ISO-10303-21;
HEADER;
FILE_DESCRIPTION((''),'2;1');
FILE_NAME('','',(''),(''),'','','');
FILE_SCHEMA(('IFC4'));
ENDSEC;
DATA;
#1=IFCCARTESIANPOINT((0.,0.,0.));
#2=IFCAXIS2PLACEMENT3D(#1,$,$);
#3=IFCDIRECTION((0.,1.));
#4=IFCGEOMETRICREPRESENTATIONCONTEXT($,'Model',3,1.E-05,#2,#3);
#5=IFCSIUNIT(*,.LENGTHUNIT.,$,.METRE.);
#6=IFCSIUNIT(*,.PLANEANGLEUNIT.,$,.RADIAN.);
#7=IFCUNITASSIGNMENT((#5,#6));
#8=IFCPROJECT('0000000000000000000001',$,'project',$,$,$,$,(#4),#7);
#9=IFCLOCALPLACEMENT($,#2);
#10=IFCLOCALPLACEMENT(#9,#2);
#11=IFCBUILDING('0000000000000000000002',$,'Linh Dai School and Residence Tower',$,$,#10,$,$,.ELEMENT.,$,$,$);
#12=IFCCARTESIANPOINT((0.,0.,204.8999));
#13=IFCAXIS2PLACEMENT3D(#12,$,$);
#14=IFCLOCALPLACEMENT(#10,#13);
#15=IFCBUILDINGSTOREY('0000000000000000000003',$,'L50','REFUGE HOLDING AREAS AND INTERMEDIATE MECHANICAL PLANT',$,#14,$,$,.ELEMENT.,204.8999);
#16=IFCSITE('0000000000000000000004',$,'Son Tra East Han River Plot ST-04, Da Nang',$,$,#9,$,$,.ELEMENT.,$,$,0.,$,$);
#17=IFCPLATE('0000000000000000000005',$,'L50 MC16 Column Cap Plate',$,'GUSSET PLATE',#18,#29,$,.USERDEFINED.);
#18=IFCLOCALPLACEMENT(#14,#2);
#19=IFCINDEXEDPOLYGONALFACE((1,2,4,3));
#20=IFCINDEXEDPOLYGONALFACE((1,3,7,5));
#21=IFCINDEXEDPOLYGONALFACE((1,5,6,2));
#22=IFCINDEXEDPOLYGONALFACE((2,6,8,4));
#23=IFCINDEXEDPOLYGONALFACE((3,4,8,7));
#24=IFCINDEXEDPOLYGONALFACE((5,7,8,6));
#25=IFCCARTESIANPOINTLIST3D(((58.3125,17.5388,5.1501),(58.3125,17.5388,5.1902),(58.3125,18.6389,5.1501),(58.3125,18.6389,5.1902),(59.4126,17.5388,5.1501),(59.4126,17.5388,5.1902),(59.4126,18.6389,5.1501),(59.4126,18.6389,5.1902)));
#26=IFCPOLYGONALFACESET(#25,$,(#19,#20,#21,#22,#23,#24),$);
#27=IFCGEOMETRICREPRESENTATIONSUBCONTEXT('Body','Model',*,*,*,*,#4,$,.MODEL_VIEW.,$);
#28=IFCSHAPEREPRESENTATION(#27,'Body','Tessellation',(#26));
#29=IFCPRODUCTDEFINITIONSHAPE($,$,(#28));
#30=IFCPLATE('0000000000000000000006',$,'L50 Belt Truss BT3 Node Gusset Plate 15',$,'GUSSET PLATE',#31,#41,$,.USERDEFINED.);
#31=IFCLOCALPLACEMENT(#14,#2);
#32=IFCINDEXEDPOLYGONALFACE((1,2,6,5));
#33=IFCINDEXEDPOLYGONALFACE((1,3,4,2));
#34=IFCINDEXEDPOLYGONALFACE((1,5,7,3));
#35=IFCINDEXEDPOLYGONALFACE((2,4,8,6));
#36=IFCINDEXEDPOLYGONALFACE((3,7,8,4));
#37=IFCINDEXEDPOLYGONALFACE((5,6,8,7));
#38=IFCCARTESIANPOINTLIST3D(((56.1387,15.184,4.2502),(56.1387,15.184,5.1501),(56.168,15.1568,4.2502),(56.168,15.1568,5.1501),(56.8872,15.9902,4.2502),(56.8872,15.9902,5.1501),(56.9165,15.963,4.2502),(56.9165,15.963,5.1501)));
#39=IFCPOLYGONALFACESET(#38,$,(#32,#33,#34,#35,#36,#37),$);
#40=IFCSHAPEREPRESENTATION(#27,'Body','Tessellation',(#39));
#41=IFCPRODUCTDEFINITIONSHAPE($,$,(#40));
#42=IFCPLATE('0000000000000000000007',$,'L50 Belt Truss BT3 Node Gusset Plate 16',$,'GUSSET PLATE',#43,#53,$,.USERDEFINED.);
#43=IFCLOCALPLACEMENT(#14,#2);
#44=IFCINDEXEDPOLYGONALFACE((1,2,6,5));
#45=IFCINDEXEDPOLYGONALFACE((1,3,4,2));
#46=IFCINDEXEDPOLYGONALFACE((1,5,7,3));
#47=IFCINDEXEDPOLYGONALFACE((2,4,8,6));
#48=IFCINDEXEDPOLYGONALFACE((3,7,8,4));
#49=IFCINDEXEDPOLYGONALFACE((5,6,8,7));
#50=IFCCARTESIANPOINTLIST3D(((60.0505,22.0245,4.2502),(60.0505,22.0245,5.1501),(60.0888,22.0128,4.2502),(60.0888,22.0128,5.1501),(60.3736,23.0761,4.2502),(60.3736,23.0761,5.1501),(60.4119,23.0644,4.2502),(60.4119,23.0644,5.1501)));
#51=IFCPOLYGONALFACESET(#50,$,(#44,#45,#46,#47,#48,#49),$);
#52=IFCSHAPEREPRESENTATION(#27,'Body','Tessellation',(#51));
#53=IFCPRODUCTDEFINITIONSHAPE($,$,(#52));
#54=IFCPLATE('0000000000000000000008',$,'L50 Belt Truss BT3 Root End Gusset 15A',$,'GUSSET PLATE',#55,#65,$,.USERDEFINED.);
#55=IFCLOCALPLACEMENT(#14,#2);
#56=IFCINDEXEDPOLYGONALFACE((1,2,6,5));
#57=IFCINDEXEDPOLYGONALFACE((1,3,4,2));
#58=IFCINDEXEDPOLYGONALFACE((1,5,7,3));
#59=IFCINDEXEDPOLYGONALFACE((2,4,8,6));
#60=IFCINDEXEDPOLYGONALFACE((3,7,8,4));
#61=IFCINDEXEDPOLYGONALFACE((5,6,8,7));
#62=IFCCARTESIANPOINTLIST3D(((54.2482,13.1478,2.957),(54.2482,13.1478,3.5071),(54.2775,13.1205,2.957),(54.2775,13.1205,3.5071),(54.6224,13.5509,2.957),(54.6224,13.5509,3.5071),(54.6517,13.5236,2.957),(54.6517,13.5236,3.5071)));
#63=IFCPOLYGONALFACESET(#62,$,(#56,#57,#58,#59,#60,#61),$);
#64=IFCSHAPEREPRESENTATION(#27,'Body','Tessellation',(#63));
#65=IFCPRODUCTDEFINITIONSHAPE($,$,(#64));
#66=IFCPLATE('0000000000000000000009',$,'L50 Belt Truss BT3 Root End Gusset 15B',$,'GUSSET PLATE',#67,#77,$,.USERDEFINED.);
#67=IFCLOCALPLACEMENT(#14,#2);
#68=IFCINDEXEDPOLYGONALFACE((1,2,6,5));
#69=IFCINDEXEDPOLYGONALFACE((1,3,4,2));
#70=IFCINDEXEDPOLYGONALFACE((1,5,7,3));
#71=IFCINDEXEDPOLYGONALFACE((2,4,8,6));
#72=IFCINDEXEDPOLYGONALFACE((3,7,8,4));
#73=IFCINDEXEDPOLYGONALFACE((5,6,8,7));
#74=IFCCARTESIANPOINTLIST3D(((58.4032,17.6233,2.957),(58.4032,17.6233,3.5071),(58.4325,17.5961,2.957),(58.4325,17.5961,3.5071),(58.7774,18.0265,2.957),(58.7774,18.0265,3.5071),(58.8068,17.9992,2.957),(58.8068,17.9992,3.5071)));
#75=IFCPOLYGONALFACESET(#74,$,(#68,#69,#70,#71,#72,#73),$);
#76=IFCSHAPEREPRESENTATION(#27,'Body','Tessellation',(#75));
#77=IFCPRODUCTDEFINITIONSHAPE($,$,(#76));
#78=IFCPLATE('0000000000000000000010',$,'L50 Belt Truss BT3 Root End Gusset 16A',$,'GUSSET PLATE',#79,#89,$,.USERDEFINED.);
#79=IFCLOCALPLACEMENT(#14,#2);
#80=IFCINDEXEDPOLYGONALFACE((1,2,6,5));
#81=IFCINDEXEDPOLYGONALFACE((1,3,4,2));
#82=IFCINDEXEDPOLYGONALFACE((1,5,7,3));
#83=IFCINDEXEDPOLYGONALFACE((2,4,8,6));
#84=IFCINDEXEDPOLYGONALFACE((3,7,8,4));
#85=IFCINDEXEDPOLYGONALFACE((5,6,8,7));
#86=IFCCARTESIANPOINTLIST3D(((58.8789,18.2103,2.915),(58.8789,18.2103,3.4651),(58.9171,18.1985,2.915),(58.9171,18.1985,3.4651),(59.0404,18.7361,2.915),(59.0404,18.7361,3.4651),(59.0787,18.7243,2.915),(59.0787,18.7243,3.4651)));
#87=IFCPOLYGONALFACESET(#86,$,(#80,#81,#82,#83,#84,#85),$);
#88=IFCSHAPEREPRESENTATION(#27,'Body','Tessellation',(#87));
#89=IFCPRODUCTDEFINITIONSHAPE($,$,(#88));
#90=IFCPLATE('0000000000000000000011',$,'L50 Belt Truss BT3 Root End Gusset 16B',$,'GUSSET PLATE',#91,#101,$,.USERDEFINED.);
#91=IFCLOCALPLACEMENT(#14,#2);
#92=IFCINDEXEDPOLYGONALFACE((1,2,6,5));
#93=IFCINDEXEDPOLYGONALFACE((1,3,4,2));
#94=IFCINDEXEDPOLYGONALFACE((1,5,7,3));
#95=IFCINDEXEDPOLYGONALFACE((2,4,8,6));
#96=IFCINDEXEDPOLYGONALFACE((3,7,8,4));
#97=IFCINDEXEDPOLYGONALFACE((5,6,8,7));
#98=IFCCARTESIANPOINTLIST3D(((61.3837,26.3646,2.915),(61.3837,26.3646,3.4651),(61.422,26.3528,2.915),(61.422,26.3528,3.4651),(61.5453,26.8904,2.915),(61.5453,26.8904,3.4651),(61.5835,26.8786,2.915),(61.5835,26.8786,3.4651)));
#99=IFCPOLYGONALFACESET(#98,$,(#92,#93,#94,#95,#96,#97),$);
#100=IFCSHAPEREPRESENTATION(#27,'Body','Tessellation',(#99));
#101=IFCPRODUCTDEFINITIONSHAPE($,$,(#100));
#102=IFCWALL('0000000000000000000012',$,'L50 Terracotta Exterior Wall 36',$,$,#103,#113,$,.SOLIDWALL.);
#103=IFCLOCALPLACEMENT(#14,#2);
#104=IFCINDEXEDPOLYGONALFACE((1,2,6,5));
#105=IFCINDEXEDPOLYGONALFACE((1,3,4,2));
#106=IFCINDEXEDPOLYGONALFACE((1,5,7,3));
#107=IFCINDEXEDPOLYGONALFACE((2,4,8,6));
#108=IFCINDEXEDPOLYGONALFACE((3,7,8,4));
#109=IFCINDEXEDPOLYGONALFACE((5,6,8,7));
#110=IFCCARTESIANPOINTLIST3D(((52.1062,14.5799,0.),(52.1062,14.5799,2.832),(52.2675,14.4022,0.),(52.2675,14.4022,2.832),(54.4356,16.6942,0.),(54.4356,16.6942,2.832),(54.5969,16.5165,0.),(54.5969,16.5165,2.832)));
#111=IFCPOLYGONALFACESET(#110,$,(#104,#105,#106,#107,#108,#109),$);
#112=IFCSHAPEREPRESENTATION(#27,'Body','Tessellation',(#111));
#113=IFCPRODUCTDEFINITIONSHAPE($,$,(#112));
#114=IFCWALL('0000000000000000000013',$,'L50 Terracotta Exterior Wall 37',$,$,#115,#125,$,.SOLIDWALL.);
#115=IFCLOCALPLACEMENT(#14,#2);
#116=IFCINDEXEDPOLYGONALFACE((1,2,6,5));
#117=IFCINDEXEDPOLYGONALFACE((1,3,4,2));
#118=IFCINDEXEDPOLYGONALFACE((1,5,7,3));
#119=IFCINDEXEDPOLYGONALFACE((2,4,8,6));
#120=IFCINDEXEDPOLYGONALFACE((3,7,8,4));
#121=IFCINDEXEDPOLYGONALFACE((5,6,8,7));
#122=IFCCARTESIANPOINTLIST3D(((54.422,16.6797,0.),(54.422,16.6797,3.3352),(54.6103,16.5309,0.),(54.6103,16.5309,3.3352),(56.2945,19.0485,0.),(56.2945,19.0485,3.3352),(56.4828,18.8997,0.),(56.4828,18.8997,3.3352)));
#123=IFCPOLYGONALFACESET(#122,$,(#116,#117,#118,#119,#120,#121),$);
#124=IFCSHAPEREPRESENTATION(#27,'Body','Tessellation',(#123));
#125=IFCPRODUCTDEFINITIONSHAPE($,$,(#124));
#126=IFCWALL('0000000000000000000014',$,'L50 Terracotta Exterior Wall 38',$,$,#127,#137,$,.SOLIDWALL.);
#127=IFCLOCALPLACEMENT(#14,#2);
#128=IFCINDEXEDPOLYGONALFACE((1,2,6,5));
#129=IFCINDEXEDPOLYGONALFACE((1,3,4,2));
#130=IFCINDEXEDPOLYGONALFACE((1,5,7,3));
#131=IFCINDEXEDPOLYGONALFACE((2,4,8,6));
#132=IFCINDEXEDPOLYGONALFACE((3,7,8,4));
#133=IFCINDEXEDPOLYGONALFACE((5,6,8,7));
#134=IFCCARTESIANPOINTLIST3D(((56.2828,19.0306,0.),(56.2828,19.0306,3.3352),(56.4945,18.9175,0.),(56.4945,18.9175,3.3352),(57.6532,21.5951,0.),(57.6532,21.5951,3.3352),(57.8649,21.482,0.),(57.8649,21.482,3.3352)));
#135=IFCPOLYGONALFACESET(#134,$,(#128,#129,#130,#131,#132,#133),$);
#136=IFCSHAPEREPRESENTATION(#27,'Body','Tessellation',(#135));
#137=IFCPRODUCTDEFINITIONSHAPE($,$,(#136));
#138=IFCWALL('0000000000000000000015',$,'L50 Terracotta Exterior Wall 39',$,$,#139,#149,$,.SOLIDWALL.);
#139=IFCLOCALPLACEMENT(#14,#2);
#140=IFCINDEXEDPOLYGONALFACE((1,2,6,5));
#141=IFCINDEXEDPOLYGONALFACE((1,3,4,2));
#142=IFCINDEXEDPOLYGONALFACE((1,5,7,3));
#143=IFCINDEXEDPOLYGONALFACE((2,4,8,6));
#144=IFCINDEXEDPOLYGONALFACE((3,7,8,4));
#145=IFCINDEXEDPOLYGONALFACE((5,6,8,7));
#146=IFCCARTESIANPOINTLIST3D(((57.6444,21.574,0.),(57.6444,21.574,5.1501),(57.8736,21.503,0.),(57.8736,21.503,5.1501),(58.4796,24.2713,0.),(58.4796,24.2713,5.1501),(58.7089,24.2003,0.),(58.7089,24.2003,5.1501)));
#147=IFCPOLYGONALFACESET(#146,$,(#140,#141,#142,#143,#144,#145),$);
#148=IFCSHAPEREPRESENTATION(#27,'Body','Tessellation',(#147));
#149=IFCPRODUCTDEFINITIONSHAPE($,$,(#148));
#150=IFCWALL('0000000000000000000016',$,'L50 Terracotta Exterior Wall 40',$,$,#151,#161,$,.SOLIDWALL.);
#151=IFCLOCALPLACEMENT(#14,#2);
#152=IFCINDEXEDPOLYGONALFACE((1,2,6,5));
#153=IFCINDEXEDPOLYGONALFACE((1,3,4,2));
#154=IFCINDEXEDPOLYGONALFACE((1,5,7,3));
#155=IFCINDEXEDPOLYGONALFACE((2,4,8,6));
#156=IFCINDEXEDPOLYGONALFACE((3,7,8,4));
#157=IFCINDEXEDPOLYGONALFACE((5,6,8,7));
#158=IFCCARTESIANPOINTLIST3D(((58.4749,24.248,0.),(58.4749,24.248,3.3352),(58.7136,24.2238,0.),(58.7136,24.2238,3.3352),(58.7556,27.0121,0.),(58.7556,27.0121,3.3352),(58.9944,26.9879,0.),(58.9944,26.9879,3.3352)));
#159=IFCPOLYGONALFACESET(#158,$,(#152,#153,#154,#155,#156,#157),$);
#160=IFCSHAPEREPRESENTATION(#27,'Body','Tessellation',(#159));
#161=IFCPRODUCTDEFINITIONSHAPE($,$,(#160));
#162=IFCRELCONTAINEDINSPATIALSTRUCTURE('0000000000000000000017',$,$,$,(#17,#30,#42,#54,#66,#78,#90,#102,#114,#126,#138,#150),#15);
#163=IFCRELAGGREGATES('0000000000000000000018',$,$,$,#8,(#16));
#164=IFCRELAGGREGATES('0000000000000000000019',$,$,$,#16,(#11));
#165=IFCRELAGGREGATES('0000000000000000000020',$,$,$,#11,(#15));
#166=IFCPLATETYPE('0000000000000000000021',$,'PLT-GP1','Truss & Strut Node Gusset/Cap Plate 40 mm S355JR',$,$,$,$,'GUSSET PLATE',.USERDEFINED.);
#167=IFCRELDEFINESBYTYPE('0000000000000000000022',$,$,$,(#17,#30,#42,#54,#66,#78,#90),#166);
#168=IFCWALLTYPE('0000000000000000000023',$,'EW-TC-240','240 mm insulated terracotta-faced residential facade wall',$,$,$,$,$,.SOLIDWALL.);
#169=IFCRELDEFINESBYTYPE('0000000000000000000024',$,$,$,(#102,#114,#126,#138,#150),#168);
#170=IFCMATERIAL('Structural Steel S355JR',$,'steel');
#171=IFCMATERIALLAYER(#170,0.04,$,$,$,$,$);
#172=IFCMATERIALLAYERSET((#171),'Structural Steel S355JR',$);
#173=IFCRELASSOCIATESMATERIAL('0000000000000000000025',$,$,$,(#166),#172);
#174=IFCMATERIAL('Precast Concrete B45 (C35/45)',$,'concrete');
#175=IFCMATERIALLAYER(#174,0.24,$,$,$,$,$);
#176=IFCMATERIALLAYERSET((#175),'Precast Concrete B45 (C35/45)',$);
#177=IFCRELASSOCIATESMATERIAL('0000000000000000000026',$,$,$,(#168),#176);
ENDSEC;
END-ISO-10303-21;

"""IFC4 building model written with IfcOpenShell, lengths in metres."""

from ifc_helpers import new_model, si_unit, direction, frame, frame_2d, origin, origin_2d, place, context, subcontext, project, spatial, rectangle, extrude, source, transform, mapped, material, layer, layer_set, type_object, element, save


model = new_model("IFC4")

# Units and contexts
model_context = context("Model", 3, precision=1e-05, world=origin(), true_north=direction((0.0, 1.0)))
body_context = subcontext(model_context, "Body", "Model", "MODEL_VIEW")
ifc_project = project(units=[si_unit("LENGTHUNIT", "METRE"), si_unit("PLANEANGLEUNIT", "RADIAN")], contexts=[model_context])

# Site, building, storey
site_placement = place(None, origin())
site = spatial("IfcSite", under=ifc_project, at=site_placement, Name="Son Tra East Han River Plot ST-04, Da Nang", CompositionType="ELEMENT", RefElevation=0.0)
building_placement = place(site_placement, origin())
building = spatial("IfcBuilding", under=site, at=building_placement, Name="Linh Dai School and Residence Tower", CompositionType="ELEMENT")
storey_placement = place(building_placement, frame((0.0, 0.0, 204.8999)))
storey = spatial("IfcBuildingStorey", under=building, at=storey_placement, Name="L50", Description="REFUGE HOLDING AREAS AND INTERMEDIATE MECHANICAL PLANT", CompositionType="ELEMENT", Elevation=204.8999)

# Shared definitions
ifc_material_1 = material(Name="Structural Steel S355JR", Category="steel")

# Plates
ifc_layer_1 = layer(ifc_material_1, 0.04)
ifc_layer_set_1 = layer_set([ifc_layer_1], Name="Structural Steel S355JR")
plate_type = type_object("IfcPlateType", Name="PLT-GP1", Description="Truss & Strut Node Gusset/Cap Plate 40 mm S355JR", ElementType="GUSSET PLATE", PredefinedType="USERDEFINED", material=ifc_layer_set_1)
shared_shape_1 = source(origin(), body_context, "Body", "SweptSolid", [
    extrude(rectangle(XDim=1.1001, YDim=1.1001, at=origin_2d()), origin(), (0.0, 0.0, 1.0), 0.04),
])
for number, where, z_axis, x_axis, name in (
    (1, (58.8625, 18.0889, 5.1501), (0.0, 0.0, 1.0), (1.0, 0.0, 0.0), "L50 MC16 Column Cap Plate"),
):
    element("IfcPlate", number, at=place(storey_placement, frame(where, z_axis=z_axis, x_axis=x_axis)), inside=storey, type_object=plate_type, Name=name, ObjectType="GUSSET PLATE", PredefinedType="USERDEFINED", context=body_context, shape_type="MappedRepresentation", body=[
        mapped(shared_shape_1, transform((0.0, 0.0, 0.0), x_axis=(1.0, 0.0, 0.0), y_axis=(0.0, 1.0, 0.0), z_axis=(0.0, 0.0, 1.0), scale=1.0)),
    ])
shared_shape_2 = source(origin(), body_context, "Body", "SweptSolid", [
    extrude(rectangle(XDim=1.1001, YDim=0.04, at=origin_2d()), origin(), (0.0, 0.0, 1.0), 0.8999),
])
for number, where, z_axis, x_axis, name in (
    (2, (56.5276, 15.5735, 4.2502), (0.0, 0.0, 1.0), (0.680368, 0.732871, 0.0), "L50 Belt Truss BT3 Node Gusset Plate 15"),
    (3, (60.2312, 22.5444, 4.2502), (0.0, 0.0, 1.0), (0.293644, 0.955915, 0.0), "L50 Belt Truss BT3 Node Gusset Plate 16"),
):
    element("IfcPlate", number, at=place(storey_placement, frame(where, z_axis=z_axis, x_axis=x_axis)), inside=storey, type_object=plate_type, Name=name, ObjectType="GUSSET PLATE", PredefinedType="USERDEFINED", context=body_context, shape_type="MappedRepresentation", body=[
        mapped(shared_shape_2, transform((0.0, 0.0, 0.0), x_axis=(1.0, 0.0, 0.0), y_axis=(0.0, 1.0, 0.0), z_axis=(0.0, 0.0, 1.0), scale=1.0)),
    ])
shared_shape_3 = source(origin(), body_context, "Body", "SweptSolid", [
    extrude(rectangle(XDim=0.55, YDim=0.04, at=origin_2d()), origin(), (0.0, 0.0, 1.0), 0.55),
])
for number, where, z_axis, x_axis, name in (
    (4, (54.45, 13.3357, 2.957), (0.0, 0.0, 1.0), (0.680368, 0.732871, 0.0), "L50 Belt Truss BT3 Root End Gusset 15A"),
    (5, (58.605, 17.8113, 2.957), (0.0, 0.0, 1.0), (0.680368, 0.732871, 0.0), "L50 Belt Truss BT3 Root End Gusset 15B"),
    (6, (58.9788, 18.4673, 2.915), (0.0, 0.0, 1.0), (0.293644, 0.955915, 0.0), "L50 Belt Truss BT3 Root End Gusset 16A"),
    (7, (61.4836, 26.6216, 2.915), (0.0, 0.0, 1.0), (0.293644, 0.955915, 0.0), "L50 Belt Truss BT3 Root End Gusset 16B"),
):
    element("IfcPlate", number, at=place(storey_placement, frame(where, z_axis=z_axis, x_axis=x_axis)), inside=storey, type_object=plate_type, Name=name, ObjectType="GUSSET PLATE", PredefinedType="USERDEFINED", context=body_context, shape_type="MappedRepresentation", body=[
        mapped(shared_shape_3, transform((0.0, 0.0, 0.0), x_axis=(1.0, 0.0, 0.0), y_axis=(0.0, 1.0, 0.0), z_axis=(0.0, 0.0, 1.0), scale=1.0)),
    ])

# Walls
ifc_material_2 = material(Name="Precast Concrete B45 (C35/45)", Category="concrete")
ifc_layer_2 = layer(ifc_material_2, 0.24)
ifc_layer_set_2 = layer_set([ifc_layer_2], Name="Precast Concrete B45 (C35/45)")
wall_type = type_object("IfcWallType", Name="EW-TC-240", Description="240 mm insulated terracotta-faced residential facade wall", PredefinedType="SOLIDWALL", material=ifc_layer_set_2)
wall_1_placement = place(storey_placement, frame((54.5161, 16.6052, 0.0), z_axis=(0.0, 0.0, 1.0), x_axis=(-0.740467, -0.672093, 0.0)))
element("IfcWall", 8, at=wall_1_placement, inside=storey, type_object=wall_type, Name="L50 Terracotta Exterior Wall 36", PredefinedType="SOLIDWALL", context=body_context, shape_type="SweptSolid", body=[
    extrude(rectangle(XDim=3.1458, YDim=0.24, at=frame_2d((1.5728, 0.0))), origin(), (0.0, 0.0, 1.0), 2.832),
])
wall_2_placement = place(storey_placement, frame((56.3887, 18.9741, 0.0), z_axis=(0.0, 0.0, 1.0), x_axis=(-0.620129, -0.7845, 0.0)))
element("IfcWall", 9, at=wall_2_placement, inside=storey, type_object=wall_type, Name="L50 Terracotta Exterior Wall 37", PredefinedType="SOLIDWALL", context=body_context, shape_type="SweptSolid", body=[
    extrude(rectangle(XDim=3.0195, YDim=0.24, at=frame_2d((1.5098, 0.0))), origin(), (0.0, 0.0, 1.0), 3.3352),
])
wall_3_placement = place(storey_placement, frame((57.759, 21.5386, 0.0), z_axis=(0.0, 0.0, 1.0), x_axis=(-0.471298, -0.881974, 0.0)))
element("IfcWall", 10, at=wall_3_placement, inside=storey, type_object=wall_type, Name="L50 Terracotta Exterior Wall 38", PredefinedType="SOLIDWALL", context=body_context, shape_type="SweptSolid", body=[
    extrude(rectangle(XDim=2.9077, YDim=0.24, at=frame_2d((1.4539, 0.0))), origin(), (0.0, 0.0, 1.0), 3.3352),
])
wall_4_placement = place(storey_placement, frame((58.5942, 24.2358, 0.0), z_axis=(0.0, 0.0, 1.0), x_axis=(-0.295793, -0.955252, 0.0)))
element("IfcWall", 11, at=wall_4_placement, inside=storey, type_object=wall_type, Name="L50 Terracotta Exterior Wall 39", PredefinedType="SOLIDWALL", context=body_context, shape_type="SweptSolid", body=[
    extrude(rectangle(XDim=2.8237, YDim=0.24, at=frame_2d((1.4119, 0.0))), origin(), (0.0, 0.0, 1.0), 5.1501),
])
wall_5_placement = place(storey_placement, frame((58.875, 27.0, 0.0), z_axis=(0.0, 0.0, 1.0), x_axis=(-0.101052, -0.994881, 0.0)))
element("IfcWall", 12, at=wall_5_placement, inside=storey, type_object=wall_type, Name="L50 Terracotta Exterior Wall 40", PredefinedType="SOLIDWALL", context=body_context, shape_type="SweptSolid", body=[
    extrude(rectangle(XDim=2.7783, YDim=0.24, at=frame_2d((1.3892, 0.0))), origin(), (0.0, 0.0, 1.0), 3.3352),
])

save(model, "model.ifc")
